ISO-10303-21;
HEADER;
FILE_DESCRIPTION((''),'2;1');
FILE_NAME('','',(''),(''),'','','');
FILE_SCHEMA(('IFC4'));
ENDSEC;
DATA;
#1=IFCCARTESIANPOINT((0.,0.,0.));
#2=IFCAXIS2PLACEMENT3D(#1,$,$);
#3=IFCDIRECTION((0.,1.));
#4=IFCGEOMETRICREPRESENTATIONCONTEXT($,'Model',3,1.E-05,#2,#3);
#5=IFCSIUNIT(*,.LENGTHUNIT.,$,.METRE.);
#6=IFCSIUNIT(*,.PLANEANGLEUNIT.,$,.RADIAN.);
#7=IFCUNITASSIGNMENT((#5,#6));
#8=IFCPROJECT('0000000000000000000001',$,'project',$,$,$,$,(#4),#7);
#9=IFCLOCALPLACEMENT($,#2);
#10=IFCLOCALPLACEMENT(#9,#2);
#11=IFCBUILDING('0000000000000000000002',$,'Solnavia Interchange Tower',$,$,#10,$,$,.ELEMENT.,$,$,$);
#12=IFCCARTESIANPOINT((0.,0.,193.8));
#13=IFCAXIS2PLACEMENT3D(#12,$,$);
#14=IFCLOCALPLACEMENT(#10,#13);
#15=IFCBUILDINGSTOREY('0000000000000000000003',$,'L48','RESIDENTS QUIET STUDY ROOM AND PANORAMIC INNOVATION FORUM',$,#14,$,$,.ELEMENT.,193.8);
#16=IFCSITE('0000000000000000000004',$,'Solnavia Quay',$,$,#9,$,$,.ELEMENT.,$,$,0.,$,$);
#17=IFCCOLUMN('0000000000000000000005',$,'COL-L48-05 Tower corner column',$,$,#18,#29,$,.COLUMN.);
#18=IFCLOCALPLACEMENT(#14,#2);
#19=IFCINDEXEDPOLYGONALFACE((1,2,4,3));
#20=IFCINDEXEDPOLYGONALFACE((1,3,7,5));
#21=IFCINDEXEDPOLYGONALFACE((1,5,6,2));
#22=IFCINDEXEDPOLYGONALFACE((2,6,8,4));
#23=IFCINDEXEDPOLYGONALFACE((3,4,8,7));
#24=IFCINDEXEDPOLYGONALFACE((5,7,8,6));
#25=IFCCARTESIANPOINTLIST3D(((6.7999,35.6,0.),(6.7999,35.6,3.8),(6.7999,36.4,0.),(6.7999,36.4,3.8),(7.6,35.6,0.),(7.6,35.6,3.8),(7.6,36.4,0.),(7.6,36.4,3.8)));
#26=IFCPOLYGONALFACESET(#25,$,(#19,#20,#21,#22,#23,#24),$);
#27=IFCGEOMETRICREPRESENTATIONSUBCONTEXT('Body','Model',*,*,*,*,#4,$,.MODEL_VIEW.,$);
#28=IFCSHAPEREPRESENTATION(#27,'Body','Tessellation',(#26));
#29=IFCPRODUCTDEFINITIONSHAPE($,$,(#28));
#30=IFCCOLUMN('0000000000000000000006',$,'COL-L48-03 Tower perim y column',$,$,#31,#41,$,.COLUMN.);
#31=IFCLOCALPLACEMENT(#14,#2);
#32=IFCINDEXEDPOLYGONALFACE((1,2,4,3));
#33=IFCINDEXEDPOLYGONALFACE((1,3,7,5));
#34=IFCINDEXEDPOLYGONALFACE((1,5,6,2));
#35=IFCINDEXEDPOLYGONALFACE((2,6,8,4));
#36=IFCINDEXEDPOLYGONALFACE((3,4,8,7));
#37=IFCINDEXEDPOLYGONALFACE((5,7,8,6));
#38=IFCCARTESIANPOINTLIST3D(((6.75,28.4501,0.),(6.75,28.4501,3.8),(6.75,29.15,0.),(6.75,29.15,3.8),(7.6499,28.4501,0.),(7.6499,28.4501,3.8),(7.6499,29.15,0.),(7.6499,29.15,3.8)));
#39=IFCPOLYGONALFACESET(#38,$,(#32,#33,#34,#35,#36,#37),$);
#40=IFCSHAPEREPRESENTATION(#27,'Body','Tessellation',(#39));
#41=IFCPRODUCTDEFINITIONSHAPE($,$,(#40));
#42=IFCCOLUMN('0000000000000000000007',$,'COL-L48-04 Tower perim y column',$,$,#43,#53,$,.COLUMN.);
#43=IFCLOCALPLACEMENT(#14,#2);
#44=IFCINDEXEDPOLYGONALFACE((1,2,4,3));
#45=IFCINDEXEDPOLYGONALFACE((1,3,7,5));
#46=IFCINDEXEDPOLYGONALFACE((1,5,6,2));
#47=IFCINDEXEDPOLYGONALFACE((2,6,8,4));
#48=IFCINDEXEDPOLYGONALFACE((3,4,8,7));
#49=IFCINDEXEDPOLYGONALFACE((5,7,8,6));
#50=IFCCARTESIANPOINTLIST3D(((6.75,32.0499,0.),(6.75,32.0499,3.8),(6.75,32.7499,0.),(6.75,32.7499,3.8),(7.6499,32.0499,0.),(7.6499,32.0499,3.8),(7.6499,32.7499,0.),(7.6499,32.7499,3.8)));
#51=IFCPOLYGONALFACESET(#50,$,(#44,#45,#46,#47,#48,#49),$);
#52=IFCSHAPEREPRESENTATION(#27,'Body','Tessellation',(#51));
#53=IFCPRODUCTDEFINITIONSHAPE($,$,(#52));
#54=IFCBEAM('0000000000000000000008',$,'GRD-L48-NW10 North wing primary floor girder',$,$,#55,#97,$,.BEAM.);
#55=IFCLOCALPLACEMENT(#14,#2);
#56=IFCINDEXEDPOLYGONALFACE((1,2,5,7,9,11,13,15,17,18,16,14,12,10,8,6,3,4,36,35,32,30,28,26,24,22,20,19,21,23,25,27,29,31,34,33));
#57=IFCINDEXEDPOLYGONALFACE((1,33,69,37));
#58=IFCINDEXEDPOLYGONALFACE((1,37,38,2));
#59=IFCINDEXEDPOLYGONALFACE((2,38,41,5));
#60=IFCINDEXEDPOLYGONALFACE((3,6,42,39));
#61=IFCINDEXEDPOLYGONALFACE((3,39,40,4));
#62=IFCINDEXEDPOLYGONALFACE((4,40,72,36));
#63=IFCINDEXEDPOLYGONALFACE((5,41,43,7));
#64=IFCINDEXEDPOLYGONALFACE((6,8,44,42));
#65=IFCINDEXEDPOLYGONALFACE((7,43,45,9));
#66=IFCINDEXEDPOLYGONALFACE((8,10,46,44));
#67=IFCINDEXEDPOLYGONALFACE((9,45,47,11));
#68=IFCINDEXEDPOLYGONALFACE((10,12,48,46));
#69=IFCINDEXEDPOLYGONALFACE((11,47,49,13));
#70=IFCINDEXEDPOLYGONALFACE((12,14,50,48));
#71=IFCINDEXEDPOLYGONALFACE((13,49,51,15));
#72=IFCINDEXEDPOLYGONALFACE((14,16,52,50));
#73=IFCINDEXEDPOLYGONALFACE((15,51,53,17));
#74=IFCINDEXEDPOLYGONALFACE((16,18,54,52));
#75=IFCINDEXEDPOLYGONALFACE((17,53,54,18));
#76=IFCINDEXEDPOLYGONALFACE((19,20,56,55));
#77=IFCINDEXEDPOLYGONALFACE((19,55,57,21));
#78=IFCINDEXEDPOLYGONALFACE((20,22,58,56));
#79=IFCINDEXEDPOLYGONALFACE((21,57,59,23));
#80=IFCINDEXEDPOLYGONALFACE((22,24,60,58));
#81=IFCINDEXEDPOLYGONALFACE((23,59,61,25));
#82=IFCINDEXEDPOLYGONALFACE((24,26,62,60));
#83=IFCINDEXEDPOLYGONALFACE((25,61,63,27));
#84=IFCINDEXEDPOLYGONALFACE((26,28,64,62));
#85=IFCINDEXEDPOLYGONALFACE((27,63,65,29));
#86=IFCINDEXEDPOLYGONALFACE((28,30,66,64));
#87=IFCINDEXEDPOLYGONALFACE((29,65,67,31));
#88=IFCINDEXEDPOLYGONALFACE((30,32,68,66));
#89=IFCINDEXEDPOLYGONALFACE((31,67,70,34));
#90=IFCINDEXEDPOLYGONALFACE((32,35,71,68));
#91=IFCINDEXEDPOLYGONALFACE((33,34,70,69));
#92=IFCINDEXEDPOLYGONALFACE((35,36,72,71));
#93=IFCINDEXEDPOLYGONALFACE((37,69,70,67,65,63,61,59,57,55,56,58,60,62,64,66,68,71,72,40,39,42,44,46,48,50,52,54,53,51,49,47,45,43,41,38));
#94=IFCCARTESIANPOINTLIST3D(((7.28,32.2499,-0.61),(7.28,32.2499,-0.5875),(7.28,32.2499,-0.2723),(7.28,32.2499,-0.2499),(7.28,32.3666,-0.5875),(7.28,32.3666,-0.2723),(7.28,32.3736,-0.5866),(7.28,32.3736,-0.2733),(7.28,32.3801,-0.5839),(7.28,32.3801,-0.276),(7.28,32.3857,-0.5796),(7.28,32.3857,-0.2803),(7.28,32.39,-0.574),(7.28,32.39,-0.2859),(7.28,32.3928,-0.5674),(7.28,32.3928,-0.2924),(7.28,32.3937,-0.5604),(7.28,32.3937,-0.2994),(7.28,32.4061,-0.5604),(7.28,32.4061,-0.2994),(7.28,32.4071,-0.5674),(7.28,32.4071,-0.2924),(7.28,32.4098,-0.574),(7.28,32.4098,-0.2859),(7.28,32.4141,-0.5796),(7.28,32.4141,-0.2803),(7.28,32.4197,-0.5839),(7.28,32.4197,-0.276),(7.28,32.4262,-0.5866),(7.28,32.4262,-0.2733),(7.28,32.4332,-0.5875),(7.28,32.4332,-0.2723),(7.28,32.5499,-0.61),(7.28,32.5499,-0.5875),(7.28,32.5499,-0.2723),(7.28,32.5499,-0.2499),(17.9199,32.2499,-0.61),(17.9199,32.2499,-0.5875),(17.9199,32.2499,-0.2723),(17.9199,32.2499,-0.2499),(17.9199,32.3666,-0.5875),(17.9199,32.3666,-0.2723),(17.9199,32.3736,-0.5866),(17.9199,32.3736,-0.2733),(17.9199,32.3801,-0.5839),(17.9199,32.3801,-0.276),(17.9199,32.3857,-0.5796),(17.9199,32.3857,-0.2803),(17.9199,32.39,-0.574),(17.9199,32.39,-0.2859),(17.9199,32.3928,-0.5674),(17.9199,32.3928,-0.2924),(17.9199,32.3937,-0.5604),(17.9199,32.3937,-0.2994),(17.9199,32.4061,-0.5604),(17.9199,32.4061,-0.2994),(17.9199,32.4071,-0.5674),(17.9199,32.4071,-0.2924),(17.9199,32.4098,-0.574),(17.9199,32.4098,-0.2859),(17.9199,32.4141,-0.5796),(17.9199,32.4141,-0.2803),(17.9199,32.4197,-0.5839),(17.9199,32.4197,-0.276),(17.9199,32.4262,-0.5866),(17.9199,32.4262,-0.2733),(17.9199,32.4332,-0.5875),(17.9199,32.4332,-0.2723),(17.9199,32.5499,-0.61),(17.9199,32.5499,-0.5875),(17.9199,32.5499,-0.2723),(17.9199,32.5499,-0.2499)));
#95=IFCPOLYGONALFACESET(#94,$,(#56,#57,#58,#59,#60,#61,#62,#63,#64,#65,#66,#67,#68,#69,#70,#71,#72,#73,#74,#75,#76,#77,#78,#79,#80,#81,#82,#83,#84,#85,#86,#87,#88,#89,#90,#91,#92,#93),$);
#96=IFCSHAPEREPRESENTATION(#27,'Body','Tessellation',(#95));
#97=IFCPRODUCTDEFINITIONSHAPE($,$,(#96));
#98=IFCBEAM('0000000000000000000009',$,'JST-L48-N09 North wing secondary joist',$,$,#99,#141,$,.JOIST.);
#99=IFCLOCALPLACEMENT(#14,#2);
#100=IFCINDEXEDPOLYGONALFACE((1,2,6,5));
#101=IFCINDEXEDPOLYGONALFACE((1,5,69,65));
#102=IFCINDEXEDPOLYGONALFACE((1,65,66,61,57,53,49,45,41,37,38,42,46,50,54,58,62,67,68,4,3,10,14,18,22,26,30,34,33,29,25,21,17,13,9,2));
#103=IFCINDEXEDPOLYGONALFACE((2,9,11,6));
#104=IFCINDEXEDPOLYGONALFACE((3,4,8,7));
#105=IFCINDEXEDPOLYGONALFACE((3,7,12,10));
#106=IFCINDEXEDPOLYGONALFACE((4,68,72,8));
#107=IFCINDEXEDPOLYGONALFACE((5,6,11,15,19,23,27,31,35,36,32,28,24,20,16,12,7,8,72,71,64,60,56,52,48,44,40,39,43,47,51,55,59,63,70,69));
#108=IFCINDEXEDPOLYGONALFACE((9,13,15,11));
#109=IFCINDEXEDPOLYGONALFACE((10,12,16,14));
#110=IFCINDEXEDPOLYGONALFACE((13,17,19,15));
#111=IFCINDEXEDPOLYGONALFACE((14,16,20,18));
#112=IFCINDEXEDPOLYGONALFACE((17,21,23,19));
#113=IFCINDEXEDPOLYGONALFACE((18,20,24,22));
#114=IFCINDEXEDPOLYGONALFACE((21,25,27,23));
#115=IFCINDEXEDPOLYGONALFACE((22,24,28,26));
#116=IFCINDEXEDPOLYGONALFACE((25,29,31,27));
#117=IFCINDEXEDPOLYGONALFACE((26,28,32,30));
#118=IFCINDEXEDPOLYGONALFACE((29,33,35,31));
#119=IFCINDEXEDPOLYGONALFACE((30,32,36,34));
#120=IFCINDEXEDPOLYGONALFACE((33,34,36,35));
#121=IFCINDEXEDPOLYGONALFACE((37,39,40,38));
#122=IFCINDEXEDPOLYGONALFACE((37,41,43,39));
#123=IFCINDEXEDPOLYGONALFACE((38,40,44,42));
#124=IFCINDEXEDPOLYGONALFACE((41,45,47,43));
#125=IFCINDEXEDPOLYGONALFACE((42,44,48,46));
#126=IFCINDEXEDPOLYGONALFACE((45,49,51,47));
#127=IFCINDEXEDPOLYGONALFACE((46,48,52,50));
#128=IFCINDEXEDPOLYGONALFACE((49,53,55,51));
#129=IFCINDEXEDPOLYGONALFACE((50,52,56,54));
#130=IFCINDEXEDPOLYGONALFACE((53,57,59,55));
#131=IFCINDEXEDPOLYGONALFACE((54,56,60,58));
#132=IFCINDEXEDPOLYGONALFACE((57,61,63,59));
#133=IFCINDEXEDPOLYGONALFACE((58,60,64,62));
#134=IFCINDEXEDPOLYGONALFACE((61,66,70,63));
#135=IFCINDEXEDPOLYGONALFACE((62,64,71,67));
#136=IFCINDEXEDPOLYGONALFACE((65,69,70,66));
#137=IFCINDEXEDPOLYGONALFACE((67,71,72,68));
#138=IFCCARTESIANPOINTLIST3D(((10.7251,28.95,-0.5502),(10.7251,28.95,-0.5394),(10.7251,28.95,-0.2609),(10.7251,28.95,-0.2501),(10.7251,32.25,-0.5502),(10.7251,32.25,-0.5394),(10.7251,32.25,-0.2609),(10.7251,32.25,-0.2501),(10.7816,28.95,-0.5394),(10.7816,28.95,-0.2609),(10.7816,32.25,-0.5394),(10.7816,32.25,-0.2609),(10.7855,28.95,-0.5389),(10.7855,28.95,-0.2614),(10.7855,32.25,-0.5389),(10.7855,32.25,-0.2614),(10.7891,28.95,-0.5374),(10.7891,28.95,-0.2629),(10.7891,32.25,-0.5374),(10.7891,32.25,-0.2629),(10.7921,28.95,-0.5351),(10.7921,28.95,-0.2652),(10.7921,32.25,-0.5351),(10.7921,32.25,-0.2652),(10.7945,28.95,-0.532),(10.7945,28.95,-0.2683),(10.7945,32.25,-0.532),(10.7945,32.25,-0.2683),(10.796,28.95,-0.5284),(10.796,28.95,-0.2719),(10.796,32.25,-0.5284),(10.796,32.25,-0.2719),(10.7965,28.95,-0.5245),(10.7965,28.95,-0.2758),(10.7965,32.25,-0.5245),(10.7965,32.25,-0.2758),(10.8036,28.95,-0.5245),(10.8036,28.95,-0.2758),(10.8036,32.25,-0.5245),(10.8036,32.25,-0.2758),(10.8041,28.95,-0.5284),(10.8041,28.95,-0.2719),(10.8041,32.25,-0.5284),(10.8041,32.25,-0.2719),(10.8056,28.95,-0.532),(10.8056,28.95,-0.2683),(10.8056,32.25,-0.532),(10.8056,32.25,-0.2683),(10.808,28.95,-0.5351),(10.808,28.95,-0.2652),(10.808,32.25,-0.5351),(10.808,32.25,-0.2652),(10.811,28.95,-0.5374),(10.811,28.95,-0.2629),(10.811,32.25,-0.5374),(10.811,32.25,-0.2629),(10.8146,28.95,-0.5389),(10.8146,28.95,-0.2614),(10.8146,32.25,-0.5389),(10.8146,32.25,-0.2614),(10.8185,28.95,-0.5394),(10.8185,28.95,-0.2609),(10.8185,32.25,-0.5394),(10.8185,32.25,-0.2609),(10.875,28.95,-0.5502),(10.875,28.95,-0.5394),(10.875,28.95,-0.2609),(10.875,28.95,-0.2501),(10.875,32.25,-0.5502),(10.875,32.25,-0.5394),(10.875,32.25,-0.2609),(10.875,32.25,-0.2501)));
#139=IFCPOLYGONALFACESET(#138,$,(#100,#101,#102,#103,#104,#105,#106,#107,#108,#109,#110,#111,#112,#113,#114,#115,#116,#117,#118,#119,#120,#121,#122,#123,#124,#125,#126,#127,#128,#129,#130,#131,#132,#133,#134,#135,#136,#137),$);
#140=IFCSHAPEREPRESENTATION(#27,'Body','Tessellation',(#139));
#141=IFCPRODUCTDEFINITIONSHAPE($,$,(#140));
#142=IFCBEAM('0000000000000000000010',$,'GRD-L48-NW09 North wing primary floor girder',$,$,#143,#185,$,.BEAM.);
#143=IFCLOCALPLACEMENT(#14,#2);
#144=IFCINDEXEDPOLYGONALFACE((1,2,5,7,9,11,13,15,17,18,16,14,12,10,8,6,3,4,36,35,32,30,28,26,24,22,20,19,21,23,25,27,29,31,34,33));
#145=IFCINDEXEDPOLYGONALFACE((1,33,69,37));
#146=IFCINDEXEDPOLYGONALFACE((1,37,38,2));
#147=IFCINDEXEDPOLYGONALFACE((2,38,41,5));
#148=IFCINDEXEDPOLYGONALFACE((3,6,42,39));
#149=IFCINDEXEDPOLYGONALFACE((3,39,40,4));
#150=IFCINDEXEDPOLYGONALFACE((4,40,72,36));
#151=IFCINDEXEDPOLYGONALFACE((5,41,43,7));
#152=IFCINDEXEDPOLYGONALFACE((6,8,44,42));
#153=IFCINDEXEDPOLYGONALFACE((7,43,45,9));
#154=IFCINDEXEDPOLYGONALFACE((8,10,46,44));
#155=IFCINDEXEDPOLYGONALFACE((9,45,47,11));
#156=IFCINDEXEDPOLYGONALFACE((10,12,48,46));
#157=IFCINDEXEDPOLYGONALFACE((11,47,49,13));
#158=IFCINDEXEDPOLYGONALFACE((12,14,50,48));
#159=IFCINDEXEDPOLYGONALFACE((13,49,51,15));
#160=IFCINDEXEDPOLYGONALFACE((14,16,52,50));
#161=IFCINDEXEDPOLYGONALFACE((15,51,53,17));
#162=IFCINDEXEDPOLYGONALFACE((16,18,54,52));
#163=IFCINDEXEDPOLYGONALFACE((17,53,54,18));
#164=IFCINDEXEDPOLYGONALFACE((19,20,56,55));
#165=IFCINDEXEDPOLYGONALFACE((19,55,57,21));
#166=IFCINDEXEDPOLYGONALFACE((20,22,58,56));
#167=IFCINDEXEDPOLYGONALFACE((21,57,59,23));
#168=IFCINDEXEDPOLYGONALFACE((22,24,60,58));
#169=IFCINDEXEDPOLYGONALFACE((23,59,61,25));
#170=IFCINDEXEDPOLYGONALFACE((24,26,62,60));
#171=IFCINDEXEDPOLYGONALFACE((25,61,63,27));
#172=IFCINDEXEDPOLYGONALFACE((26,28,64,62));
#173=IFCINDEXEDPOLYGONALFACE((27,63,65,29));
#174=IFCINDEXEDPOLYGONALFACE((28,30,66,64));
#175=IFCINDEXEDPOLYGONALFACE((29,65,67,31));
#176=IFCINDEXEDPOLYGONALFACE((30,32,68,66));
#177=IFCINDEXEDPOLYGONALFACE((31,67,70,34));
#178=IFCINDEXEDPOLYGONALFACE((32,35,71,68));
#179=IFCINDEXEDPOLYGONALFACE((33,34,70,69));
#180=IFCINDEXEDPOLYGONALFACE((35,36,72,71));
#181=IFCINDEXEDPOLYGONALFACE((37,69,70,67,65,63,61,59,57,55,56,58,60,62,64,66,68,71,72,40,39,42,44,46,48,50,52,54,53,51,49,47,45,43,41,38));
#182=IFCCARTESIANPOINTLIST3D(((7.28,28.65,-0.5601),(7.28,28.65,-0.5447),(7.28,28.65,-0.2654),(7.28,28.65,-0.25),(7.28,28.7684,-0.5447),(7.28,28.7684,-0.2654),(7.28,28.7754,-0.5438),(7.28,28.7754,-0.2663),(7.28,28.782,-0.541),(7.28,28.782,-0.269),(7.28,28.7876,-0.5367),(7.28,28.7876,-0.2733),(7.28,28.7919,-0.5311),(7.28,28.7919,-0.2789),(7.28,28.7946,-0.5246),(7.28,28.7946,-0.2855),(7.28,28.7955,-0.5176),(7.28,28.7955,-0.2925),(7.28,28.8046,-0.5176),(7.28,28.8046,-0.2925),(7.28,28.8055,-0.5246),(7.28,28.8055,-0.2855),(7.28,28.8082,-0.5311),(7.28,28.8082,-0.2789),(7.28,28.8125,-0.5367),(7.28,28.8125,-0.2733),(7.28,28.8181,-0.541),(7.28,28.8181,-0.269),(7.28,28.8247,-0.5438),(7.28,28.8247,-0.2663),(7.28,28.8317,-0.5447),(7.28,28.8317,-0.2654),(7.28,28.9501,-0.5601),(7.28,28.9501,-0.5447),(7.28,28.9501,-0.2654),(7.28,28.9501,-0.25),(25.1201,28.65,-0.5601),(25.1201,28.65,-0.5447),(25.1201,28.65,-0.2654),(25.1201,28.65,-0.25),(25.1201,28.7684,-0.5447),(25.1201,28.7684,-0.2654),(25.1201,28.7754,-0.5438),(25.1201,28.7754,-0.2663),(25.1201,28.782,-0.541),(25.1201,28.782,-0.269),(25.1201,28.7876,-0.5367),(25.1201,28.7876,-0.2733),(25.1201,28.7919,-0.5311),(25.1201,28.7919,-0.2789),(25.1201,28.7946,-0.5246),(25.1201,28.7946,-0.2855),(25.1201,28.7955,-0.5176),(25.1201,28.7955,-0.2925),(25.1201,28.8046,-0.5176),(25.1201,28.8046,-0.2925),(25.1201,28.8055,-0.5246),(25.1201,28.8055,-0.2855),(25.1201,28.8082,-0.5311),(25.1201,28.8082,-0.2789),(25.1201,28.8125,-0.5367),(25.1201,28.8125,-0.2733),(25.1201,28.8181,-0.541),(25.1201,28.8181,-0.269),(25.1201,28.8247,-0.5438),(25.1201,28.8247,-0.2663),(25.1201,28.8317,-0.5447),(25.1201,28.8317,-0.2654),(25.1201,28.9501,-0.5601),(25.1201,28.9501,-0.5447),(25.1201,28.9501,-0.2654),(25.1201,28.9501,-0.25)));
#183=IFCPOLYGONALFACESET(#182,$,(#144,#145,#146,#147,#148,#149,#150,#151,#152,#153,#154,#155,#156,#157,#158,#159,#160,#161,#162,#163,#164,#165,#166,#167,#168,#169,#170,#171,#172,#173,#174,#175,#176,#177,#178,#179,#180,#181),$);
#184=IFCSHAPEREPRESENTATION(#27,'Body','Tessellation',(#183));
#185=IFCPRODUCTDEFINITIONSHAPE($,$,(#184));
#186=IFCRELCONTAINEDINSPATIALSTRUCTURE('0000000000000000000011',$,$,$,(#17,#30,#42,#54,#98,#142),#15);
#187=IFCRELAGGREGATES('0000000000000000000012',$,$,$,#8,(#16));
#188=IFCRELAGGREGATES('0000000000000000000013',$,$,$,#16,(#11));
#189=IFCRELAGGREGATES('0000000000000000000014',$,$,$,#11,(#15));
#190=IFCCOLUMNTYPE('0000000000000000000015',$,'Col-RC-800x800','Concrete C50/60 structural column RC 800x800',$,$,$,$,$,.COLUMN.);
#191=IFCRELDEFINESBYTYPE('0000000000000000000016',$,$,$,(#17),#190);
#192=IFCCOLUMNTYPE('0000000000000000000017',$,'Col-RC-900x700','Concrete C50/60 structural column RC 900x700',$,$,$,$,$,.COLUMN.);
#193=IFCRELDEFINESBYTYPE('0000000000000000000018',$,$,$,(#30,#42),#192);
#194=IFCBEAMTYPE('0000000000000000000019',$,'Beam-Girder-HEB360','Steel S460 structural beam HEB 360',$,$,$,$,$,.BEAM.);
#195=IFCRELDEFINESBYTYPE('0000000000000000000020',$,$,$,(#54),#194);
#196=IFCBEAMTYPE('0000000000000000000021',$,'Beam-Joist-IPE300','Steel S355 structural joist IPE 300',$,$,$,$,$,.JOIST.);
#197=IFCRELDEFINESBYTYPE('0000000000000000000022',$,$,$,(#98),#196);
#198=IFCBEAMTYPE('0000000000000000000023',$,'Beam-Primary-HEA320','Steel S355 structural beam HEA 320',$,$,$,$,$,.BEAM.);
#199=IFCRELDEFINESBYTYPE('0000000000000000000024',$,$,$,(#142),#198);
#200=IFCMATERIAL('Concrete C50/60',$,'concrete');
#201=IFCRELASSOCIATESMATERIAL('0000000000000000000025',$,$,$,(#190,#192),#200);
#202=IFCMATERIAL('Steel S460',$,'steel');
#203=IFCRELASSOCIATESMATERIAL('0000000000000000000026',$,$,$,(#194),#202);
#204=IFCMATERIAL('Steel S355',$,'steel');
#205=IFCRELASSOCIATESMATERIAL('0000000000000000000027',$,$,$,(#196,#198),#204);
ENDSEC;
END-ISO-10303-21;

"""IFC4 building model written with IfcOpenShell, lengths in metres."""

from ifc_helpers import new_model, si_unit, direction, frame, origin, origin_2d, place, context, subcontext, project, spatial, rectangle, i_section, extrude, material, material_profile, profile_set, type_object, element, save


model = new_model("IFC4")

# Units and contexts
model_context = context("Model", 3, precision=1e-05, world=origin(), true_north=direction((0.0, 1.0)))
body_context = subcontext(model_context, "Body", "Model", "MODEL_VIEW")
ifc_project = project(units=[si_unit("LENGTHUNIT", "METRE"), si_unit("PLANEANGLEUNIT", "RADIAN")], contexts=[model_context])

# Site, building, storey
site_placement = place(None, origin())
site = spatial("IfcSite", under=ifc_project, at=site_placement, Name="Solnavia Quay", CompositionType="ELEMENT", RefElevation=0.0)
building_placement = place(site_placement, origin())
building = spatial("IfcBuilding", under=site, at=building_placement, Name="Solnavia Interchange Tower", CompositionType="ELEMENT")
storey_placement = place(building_placement, frame((0.0, 0.0, 193.8)))
storey = spatial("IfcBuildingStorey", under=building, at=storey_placement, Name="L48", Description="RESIDENTS QUIET STUDY ROOM AND PANORAMIC INNOVATION FORUM", CompositionType="ELEMENT", Elevation=193.8)

# Columns
ifc_material_1 = material(Name="Concrete C50/60", Category="concrete")
ifc_material_profile_1 = material_profile(ifc_material_1, rectangle(XDim=0.8, YDim=0.8, at=origin_2d()), Name="RC 800x800")
ifc_profile_set_1 = profile_set([ifc_material_profile_1], Name="Concrete C50/60")
column_type_1 = type_object("IfcColumnType", Name="Col-RC-800x800", Description="Concrete C50/60 structural column RC 800x800", PredefinedType="COLUMN", material=ifc_profile_set_1)
column_placement = place(storey_placement, frame((7.2, 36.0, 0.0), z_axis=(0.0, 0.0, 1.0), x_axis=(0.0, 1.0, 0.0)))
element("IfcColumn", 1, at=column_placement, inside=storey, type_object=column_type_1, Name="COL-L48-05 Tower corner column", PredefinedType="COLUMN", context=body_context, shape_type="SweptSolid", body=[
    extrude(rectangle(XDim=0.8, YDim=0.8, at=origin_2d()), origin(), (0.0, 0.0, 1.0), 3.8),
])
ifc_material_profile_2 = material_profile(ifc_material_1, rectangle(XDim=0.7, YDim=0.8999, at=origin_2d()), Name="RC 900x700")
ifc_profile_set_2 = profile_set([ifc_material_profile_2], Name="Concrete C50/60")
column_type_2 = type_object("IfcColumnType", Name="Col-RC-900x700", Description="Concrete C50/60 structural column RC 900x700", PredefinedType="COLUMN", material=ifc_profile_set_2)
for number, where, z_axis, x_axis, name in (
    (2, (7.2, 28.8, 0.0), (0.0, 0.0, 1.0), (0.0, 1.0, 0.0), "COL-L48-03 Tower perim y column"),
    (3, (7.2, 32.3999, 0.0), (0.0, 0.0, 1.0), (0.0, 1.0, 0.0), "COL-L48-04 Tower perim y column"),
):
    element("IfcColumn", number, at=place(storey_placement, frame(where, z_axis=z_axis, x_axis=x_axis)), inside=storey, type_object=column_type_2, Name=name, PredefinedType="COLUMN", context=body_context, shape_type="SweptSolid", body=[
        extrude(rectangle(XDim=0.7, YDim=0.8999, at=origin_2d()), origin(), (0.0, 0.0, 1.0), 3.8),
    ])

# Beams
ifc_material_2 = material(Name="Steel S460", Category="steel")
ifc_material_profile_3 = material_profile(ifc_material_2, i_section(OverallWidth=0.3, OverallDepth=0.3601, WebThickness=0.0125, FlangeThickness=0.0225, FilletRadius=0.0271, at=origin_2d()), Name="HEB 360")
ifc_profile_set_3 = profile_set([ifc_material_profile_3], Name="Steel S460")
beam_type_1 = type_object("IfcBeamType", Name="Beam-Girder-HEB360", Description="Steel S460 structural beam HEB 360", PredefinedType="BEAM", material=ifc_profile_set_3)
beam_1_placement = place(storey_placement, frame((7.28, 32.3999, -0.4299), z_axis=(1.0, 0.0, 0.0), x_axis=(0.0, 1.0, 0.0)))
element("IfcBeam", 4, at=beam_1_placement, inside=storey, type_object=beam_type_1, Name="GRD-L48-NW10 North wing primary floor girder", PredefinedType="BEAM", context=body_context, shape_type="SweptSolid", body=[
    extrude(i_section(OverallWidth=0.3, OverallDepth=0.3601, WebThickness=0.0125, FlangeThickness=0.0225, FilletRadius=0.0271, at=origin_2d()), origin(), (0.0, 0.0, 1.0), 10.6399),
])
ifc_material_3 = material(Name="Steel S355", Category="steel")
ifc_material_profile_4 = material_profile(ifc_material_3, i_section(OverallWidth=0.1499, OverallDepth=0.3, WebThickness=0.0071, FlangeThickness=0.0107, FilletRadius=0.0149, at=origin_2d()), Name="IPE 300")
ifc_profile_set_4 = profile_set([ifc_material_profile_4], Name="Steel S355")
beam_type_2 = type_object("IfcBeamType", Name="Beam-Joist-IPE300", Description="Steel S355 structural joist IPE 300", PredefinedType="JOIST", material=ifc_profile_set_4)
beam_2_placement = place(storey_placement, frame((10.8, 28.95, -0.4001), z_axis=(0.0, 1.0, 0.0), x_axis=(-1.0, 0.0, 0.0)))
element("IfcBeam", 5, at=beam_2_placement, inside=storey, type_object=beam_type_2, Name="JST-L48-N09 North wing secondary joist", PredefinedType="JOIST", context=body_context, shape_type="SweptSolid", body=[
    extrude(i_section(OverallWidth=0.1499, OverallDepth=0.3, WebThickness=0.0071, FlangeThickness=0.0107, FilletRadius=0.0149, at=origin_2d()), origin(), (0.0, 0.0, 1.0), 3.3),
])
ifc_material_profile_5 = material_profile(ifc_material_3, i_section(OverallWidth=0.3, OverallDepth=0.3101, WebThickness=0.009, FlangeThickness=0.0154, FilletRadius=0.0271, at=origin_2d()), Name="HEA 320")
ifc_profile_set_5 = profile_set([ifc_material_profile_5], Name="Steel S355")
beam_type_3 = type_object("IfcBeamType", Name="Beam-Primary-HEA320", Description="Steel S355 structural beam HEA 320", PredefinedType="BEAM", material=ifc_profile_set_5)
beam_3_placement = place(storey_placement, frame((7.28, 28.8, -0.405), z_axis=(1.0, 0.0, 0.0), x_axis=(0.0, 1.0, 0.0)))
element("IfcBeam", 6, at=beam_3_placement, inside=storey, type_object=beam_type_3, Name="GRD-L48-NW09 North wing primary floor girder", PredefinedType="BEAM", context=body_context, shape_type="SweptSolid", body=[
    extrude(i_section(OverallWidth=0.3, OverallDepth=0.3101, WebThickness=0.009, FlangeThickness=0.0154, FilletRadius=0.0271, at=origin_2d()), origin(), (0.0, 0.0, 1.0), 17.8401),
])

save(model, "model.ifc")
